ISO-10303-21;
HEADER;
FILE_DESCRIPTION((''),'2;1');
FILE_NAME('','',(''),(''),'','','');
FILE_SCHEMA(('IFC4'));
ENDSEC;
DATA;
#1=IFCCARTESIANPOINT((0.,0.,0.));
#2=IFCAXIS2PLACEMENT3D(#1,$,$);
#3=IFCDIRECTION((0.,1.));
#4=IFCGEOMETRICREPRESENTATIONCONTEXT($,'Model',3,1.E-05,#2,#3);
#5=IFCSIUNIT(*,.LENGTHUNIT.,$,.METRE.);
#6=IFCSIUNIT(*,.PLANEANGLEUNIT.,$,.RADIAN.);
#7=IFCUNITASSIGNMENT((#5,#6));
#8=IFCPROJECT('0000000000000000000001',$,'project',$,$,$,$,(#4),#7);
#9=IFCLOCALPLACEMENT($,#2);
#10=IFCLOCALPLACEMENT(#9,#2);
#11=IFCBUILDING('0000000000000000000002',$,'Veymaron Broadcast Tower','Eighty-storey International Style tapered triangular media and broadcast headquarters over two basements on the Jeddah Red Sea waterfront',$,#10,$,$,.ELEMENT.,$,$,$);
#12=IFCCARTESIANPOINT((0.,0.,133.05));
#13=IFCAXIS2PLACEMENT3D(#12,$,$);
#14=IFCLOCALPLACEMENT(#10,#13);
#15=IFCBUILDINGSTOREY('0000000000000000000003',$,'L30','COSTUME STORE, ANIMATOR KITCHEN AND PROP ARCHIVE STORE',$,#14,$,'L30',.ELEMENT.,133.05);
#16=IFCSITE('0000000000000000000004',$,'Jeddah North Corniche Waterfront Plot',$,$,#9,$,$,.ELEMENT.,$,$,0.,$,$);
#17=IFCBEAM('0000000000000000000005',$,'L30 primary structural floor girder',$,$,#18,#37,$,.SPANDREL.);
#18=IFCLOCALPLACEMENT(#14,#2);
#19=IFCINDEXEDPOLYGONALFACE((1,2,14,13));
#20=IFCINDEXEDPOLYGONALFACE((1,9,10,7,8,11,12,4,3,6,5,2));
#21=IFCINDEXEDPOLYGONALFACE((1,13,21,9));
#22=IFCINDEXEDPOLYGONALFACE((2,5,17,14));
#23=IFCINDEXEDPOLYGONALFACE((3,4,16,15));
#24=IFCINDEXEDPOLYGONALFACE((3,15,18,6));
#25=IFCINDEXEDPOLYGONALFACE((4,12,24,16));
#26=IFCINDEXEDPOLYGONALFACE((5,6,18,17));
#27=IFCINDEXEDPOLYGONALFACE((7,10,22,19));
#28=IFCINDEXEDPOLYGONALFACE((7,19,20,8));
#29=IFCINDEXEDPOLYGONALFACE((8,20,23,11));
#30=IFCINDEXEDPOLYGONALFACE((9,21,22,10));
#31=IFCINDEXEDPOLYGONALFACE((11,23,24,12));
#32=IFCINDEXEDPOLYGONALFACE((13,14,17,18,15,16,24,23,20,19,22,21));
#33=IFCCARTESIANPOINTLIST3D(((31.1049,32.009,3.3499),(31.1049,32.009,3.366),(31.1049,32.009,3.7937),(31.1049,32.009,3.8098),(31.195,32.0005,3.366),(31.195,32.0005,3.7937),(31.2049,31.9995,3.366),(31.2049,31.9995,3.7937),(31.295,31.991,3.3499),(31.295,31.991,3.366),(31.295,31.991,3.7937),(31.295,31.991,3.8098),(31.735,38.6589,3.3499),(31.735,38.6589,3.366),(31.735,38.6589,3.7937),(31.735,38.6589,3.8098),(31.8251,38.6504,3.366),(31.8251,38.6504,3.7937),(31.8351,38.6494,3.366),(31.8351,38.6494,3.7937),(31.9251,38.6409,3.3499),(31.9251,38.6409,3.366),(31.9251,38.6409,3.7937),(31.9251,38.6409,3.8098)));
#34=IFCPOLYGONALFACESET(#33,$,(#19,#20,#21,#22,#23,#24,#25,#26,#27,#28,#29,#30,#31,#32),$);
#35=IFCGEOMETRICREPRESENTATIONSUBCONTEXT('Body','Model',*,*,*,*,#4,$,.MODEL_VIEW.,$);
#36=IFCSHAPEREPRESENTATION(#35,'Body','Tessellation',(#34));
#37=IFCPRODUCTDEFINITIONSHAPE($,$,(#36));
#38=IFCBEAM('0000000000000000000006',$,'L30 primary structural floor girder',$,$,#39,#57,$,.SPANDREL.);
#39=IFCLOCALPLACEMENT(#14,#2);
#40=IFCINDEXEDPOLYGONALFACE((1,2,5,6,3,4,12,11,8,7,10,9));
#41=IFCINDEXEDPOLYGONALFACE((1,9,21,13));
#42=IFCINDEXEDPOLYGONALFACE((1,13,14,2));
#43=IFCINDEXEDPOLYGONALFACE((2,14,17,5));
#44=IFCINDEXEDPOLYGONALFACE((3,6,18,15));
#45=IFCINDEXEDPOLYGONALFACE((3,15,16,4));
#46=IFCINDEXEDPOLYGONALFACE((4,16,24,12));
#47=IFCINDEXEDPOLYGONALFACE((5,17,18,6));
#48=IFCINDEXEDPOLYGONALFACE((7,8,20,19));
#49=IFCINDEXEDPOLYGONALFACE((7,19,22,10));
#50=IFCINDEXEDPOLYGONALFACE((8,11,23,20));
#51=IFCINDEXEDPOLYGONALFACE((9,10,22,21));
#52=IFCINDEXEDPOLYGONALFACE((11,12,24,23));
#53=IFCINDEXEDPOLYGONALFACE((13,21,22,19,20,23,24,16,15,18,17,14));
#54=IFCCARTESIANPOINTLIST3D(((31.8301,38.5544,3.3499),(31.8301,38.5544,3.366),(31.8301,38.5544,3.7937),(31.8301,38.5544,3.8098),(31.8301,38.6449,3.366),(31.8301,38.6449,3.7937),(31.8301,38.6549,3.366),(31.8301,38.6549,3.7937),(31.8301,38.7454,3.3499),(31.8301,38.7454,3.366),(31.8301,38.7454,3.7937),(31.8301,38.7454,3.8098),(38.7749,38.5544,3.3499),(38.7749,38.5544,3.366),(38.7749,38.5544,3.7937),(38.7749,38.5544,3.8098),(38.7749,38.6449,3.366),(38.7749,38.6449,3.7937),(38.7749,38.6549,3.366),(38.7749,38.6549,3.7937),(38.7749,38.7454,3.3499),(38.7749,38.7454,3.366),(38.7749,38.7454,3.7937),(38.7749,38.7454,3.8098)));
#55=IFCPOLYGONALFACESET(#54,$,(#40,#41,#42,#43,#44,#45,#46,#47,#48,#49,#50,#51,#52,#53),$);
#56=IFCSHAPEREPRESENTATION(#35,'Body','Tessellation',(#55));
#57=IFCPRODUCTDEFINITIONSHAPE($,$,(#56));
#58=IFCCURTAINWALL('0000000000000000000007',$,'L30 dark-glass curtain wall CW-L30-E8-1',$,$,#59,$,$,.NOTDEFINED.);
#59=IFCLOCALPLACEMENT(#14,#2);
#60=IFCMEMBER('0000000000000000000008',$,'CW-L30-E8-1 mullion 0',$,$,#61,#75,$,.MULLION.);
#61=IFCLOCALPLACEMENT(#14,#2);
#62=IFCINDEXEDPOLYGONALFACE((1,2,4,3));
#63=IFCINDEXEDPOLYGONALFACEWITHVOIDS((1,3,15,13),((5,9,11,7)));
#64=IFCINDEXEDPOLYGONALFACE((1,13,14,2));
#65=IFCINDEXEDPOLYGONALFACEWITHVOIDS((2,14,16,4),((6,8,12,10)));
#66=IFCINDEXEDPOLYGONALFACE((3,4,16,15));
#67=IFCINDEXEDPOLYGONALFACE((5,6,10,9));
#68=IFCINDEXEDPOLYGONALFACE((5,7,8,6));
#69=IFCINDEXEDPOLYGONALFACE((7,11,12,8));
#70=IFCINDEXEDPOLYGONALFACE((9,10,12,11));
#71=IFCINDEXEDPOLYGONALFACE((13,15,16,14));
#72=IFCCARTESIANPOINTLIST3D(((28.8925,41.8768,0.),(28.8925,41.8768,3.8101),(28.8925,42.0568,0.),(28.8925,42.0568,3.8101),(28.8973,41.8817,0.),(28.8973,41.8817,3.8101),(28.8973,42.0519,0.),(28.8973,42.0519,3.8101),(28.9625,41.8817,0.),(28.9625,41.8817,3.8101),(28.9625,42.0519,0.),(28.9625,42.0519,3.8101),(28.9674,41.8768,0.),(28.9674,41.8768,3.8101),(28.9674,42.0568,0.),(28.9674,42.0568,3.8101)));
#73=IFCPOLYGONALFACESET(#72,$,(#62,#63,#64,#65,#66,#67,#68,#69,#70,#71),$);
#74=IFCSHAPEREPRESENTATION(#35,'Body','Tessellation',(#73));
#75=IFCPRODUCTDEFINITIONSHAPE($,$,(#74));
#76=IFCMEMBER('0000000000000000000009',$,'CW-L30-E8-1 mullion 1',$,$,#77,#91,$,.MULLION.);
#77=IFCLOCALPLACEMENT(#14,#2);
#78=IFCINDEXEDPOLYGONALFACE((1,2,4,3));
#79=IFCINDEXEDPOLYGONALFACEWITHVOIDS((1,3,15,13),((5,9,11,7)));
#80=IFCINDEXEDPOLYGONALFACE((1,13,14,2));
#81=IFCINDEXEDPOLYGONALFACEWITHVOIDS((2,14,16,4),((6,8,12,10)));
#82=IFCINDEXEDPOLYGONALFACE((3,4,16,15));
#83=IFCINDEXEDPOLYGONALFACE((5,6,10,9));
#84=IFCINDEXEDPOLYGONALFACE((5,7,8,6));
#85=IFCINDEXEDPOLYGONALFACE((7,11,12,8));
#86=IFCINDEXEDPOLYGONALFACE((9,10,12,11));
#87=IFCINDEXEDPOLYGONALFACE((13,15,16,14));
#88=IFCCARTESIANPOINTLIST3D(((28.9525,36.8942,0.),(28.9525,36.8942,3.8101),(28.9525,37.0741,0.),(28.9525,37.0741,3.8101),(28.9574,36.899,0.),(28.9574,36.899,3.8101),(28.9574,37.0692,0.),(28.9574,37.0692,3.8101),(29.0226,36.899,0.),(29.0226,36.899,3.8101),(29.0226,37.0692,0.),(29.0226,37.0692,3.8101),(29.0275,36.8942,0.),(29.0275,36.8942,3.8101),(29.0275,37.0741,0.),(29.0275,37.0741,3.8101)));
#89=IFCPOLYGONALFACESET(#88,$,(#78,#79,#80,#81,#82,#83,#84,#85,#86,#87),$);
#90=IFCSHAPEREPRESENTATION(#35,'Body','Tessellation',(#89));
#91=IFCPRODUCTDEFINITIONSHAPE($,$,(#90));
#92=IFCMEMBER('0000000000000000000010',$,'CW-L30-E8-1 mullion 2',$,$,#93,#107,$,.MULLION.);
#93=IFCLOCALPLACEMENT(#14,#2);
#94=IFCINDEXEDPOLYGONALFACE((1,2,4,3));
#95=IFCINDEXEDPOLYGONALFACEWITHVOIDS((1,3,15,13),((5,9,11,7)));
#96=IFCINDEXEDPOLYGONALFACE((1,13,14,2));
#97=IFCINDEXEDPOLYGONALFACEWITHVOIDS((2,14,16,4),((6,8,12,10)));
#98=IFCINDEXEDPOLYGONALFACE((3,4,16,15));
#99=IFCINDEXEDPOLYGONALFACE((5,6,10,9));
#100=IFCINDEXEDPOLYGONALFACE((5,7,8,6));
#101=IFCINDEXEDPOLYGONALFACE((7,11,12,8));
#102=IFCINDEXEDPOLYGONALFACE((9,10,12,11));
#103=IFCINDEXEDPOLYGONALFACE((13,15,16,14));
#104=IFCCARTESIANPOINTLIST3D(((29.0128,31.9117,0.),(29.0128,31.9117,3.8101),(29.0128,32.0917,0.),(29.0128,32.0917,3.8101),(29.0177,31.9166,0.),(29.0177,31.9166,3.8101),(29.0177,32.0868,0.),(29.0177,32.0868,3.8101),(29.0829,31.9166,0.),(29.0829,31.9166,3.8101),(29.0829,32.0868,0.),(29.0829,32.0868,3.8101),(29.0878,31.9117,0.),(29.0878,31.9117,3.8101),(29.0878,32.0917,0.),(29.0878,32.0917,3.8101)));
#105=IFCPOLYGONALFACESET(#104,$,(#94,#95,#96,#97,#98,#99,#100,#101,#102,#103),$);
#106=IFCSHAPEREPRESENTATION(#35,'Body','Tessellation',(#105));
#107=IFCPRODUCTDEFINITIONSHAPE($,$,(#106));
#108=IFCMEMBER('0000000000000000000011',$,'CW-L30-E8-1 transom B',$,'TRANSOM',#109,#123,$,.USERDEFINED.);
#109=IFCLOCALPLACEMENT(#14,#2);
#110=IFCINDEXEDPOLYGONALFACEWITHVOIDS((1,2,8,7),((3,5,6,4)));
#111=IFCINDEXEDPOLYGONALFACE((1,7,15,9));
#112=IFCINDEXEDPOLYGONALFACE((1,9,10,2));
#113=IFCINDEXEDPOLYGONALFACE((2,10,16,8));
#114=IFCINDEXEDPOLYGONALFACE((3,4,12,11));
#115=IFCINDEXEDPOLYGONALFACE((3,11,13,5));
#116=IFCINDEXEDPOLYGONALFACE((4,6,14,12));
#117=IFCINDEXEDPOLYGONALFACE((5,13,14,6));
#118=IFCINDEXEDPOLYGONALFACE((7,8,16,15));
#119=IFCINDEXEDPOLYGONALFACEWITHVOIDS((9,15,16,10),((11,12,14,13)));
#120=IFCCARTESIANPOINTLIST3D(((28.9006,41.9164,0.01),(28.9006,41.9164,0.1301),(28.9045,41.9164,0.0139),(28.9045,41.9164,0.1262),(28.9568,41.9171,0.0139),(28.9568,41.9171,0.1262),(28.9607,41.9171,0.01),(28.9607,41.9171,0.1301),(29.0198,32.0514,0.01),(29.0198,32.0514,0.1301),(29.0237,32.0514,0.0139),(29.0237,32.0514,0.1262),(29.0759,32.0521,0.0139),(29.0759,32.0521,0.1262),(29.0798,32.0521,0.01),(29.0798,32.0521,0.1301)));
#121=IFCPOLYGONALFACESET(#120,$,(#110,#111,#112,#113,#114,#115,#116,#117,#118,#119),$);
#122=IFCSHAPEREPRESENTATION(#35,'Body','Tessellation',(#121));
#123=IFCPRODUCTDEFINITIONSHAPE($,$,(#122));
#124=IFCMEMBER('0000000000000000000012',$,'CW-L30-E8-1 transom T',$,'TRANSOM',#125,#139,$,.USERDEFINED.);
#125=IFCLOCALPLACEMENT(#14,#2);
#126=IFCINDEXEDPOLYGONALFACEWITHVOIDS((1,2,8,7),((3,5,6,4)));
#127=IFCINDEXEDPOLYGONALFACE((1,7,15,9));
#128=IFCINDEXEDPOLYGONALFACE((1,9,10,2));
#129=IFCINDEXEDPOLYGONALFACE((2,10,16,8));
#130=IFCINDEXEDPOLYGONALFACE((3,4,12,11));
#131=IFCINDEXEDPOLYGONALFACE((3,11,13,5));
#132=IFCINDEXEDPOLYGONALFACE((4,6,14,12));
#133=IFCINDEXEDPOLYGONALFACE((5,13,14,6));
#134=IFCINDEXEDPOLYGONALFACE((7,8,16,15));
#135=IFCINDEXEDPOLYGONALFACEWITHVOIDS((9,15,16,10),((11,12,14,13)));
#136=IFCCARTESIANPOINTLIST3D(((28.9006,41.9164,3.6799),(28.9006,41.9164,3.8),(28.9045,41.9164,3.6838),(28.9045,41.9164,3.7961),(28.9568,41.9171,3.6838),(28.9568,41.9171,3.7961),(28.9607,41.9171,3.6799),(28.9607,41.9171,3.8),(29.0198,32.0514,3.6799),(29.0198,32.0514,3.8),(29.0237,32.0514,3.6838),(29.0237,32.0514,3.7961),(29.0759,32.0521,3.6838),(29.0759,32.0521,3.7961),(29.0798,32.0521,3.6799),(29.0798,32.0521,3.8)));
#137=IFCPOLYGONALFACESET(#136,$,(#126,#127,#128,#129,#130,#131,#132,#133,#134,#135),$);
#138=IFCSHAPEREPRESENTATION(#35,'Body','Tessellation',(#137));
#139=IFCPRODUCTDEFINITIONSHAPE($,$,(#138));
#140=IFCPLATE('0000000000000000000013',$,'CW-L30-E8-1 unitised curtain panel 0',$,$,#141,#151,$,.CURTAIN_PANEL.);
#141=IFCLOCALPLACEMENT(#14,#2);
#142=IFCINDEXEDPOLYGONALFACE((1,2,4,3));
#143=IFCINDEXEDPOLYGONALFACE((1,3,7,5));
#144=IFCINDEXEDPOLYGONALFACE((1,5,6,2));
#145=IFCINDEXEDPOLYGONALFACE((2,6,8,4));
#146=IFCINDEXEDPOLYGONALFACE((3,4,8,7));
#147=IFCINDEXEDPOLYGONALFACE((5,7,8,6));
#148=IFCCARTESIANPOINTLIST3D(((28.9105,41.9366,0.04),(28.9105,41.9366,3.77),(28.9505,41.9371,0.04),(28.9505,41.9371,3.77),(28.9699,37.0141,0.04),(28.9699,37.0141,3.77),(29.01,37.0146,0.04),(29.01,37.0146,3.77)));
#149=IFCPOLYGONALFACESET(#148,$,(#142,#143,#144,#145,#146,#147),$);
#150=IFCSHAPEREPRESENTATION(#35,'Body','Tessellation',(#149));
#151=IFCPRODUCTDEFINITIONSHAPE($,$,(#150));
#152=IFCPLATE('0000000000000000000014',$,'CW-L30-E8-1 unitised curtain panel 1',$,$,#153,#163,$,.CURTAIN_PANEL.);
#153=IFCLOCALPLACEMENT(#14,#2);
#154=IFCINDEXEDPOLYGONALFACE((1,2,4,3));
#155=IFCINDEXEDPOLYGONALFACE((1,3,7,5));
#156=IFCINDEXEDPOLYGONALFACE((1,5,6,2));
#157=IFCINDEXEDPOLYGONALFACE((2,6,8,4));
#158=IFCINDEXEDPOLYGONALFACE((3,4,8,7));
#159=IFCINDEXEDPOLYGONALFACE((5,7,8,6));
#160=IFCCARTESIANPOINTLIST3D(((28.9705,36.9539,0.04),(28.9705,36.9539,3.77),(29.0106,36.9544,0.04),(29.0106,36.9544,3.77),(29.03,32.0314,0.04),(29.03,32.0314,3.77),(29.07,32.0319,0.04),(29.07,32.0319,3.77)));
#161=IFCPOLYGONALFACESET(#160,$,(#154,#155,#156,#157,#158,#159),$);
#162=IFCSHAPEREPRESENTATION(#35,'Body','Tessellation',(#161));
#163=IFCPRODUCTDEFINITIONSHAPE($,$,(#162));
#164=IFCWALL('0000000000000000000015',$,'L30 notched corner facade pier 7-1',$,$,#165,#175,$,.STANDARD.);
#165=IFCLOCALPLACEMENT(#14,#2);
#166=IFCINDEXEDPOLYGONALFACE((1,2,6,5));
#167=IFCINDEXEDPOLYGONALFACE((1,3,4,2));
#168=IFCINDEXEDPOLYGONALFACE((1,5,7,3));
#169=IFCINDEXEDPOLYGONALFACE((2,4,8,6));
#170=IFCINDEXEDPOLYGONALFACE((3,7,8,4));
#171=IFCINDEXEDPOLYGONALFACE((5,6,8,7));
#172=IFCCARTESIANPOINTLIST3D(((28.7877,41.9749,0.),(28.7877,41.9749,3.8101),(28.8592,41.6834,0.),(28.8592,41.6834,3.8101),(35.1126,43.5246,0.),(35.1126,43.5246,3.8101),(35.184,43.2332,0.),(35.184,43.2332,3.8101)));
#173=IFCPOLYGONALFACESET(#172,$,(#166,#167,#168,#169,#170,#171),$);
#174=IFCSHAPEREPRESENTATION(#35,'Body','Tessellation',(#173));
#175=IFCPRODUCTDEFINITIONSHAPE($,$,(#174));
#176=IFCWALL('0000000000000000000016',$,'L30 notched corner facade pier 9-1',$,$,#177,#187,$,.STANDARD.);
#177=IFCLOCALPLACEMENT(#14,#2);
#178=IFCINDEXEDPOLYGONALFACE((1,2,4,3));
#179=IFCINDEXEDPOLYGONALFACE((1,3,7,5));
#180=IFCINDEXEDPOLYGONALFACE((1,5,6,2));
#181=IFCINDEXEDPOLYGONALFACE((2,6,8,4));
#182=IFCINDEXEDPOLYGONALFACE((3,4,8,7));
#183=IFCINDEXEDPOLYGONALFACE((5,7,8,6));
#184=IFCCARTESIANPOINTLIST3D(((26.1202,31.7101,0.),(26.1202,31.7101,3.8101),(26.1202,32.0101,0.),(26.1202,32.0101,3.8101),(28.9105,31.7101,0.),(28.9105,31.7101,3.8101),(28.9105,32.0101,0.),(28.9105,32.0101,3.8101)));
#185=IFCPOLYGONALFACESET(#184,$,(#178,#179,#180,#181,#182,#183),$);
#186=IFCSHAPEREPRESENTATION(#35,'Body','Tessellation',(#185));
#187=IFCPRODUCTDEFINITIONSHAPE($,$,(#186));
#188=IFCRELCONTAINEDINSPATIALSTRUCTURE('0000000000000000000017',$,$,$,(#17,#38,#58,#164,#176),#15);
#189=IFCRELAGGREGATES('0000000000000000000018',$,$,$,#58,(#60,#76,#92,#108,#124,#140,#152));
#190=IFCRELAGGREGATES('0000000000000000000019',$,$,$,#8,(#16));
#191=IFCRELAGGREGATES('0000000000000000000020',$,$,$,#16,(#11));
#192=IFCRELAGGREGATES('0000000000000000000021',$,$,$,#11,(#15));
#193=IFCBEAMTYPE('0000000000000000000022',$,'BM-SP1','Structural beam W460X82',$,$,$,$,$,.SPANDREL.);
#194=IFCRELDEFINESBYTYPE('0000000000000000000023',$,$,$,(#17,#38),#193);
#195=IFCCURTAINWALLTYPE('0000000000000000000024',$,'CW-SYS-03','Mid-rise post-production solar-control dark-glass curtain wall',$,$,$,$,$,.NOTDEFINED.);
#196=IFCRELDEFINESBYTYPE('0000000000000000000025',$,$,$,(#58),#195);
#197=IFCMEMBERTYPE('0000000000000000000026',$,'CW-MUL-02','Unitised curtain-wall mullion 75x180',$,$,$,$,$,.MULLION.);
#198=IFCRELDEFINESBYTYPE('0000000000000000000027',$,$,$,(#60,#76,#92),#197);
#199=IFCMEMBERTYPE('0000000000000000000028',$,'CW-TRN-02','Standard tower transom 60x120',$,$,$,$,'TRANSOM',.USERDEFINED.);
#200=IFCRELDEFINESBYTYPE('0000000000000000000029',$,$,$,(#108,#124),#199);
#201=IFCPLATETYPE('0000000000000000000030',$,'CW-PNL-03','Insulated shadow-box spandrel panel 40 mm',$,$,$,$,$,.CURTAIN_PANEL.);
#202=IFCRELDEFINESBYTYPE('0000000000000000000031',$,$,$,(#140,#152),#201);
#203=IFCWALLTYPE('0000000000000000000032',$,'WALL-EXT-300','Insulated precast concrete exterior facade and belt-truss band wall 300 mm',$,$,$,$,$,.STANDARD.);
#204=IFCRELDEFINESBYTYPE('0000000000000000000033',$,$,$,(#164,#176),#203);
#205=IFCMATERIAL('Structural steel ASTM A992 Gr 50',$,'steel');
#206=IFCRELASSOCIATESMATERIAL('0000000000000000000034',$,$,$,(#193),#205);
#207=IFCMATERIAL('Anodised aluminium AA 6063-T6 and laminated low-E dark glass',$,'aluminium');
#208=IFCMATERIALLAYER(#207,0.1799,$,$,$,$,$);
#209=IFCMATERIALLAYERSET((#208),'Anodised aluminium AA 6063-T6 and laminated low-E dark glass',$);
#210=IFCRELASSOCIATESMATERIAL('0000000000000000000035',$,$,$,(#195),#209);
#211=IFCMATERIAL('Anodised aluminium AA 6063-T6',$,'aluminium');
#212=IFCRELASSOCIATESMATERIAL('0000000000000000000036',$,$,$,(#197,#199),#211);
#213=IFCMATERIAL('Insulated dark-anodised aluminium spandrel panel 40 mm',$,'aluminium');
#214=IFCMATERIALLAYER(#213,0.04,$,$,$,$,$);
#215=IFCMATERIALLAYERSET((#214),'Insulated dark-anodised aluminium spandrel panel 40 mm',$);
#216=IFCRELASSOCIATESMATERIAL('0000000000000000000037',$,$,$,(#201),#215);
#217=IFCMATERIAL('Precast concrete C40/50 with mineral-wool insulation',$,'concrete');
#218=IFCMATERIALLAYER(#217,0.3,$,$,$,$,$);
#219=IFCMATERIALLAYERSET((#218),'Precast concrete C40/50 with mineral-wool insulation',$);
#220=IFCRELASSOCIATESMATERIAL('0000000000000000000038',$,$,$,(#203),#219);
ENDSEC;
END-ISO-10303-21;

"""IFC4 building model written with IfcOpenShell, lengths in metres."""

from ifc_helpers import new_model, si_unit, direction, frame, frame_2d, origin, origin_2d, place, context, subcontext, project, spatial, rectangle, hollow_rectangle, i_section, extrude, material, layer, layer_set, material_profile, profile_set, type_object, element, aggregate, save


model = new_model("IFC4")

# Units and contexts
model_context = context("Model", 3, precision=1e-05, world=origin(), true_north=direction((0.0, 1.0)))
body_context = subcontext(model_context, "Body", "Model", "MODEL_VIEW")
ifc_project = project(units=[si_unit("LENGTHUNIT", "METRE"), si_unit("PLANEANGLEUNIT", "RADIAN")], contexts=[model_context])

# Site, building, storey
site_placement = place(None, origin())
site = spatial("IfcSite", under=ifc_project, at=site_placement, Name="Jeddah North Corniche Waterfront Plot", CompositionType="ELEMENT", RefElevation=0.0)
building_placement = place(site_placement, origin())
building = spatial("IfcBuilding", under=site, at=building_placement, Name="Veymaron Broadcast Tower", Description="Eighty-storey International Style tapered triangular media and broadcast headquarters over two basements on the Jeddah Red Sea waterfront", CompositionType="ELEMENT")
storey_placement = place(building_placement, frame((0.0, 0.0, 133.05)))
storey = spatial("IfcBuildingStorey", under=building, at=storey_placement, Name="L30", Description="COSTUME STORE, ANIMATOR KITCHEN AND PROP ARCHIVE STORE", LongName="L30", CompositionType="ELEMENT", Elevation=133.05)

# Shared definitions
ifc_material_1 = material(Name="Structural steel ASTM A992 Gr 50", Category="steel")

# Beams
ifc_material_profile_1 = material_profile(ifc_material_1, i_section(OverallWidth=0.1909, OverallDepth=0.46, WebThickness=0.01, FlangeThickness=0.0161, at=origin_2d()), Name="W460X82")
ifc_profile_set_1 = profile_set([ifc_material_profile_1], Name="Structural steel ASTM A992 Gr 50")
beam_type_1 = type_object("IfcBeamType", Name="BM-SP1", Description="Structural beam W460X82", PredefinedType="SPANDREL", material=ifc_profile_set_1)
beam_1_placement = place(storey_placement, frame((31.2, 32.0, 3.5798), z_axis=(0.094335, 0.995541, 0.0), x_axis=(-0.995541, 0.094335, 0.0)))
element("IfcBeam", 1, at=beam_1_placement, inside=storey, type_object=beam_type_1, Name="L30 primary structural floor girder", PredefinedType="SPANDREL", context=body_context, shape_type="SweptSolid", body=[
    extrude(i_section(OverallWidth=0.1909, OverallDepth=0.46, WebThickness=0.01, FlangeThickness=0.0161, at=origin_2d()), origin(), (0.0, 0.0, 1.0), 6.6797),
])
beam_2_placement = place(storey_placement, frame((31.8301, 38.6499, 3.5798), z_axis=(1.0, 0.0, 0.0), x_axis=(0.0, 1.0, 0.0)))
element("IfcBeam", 2, at=beam_2_placement, inside=storey, type_object=beam_type_1, Name="L30 primary structural floor girder", PredefinedType="SPANDREL", context=body_context, shape_type="SweptSolid", body=[
    extrude(i_section(OverallWidth=0.1909, OverallDepth=0.46, WebThickness=0.01, FlangeThickness=0.0161, at=origin_2d()), origin(), (0.0, 0.0, 1.0), 6.9448),
])

# Curtain wall, members, plates
ifc_material_2 = material(Name="Anodised aluminium AA 6063-T6 and laminated low-E dark glass", Category="aluminium")
ifc_layer_1 = layer(ifc_material_2, 0.1799)
ifc_layer_set_1 = layer_set([ifc_layer_1], Name="Anodised aluminium AA 6063-T6 and laminated low-E dark glass")
curtain_wall_type = type_object("IfcCurtainWallType", Name="CW-SYS-03", Description="Mid-rise post-production solar-control dark-glass curtain wall", PredefinedType="NOTDEFINED", material=ifc_layer_set_1)
curtain_wall_placement = place(storey_placement, origin())
curtain_wall = element("IfcCurtainWall", 3, at=curtain_wall_placement, inside=storey, type_object=curtain_wall_type, Name="L30 dark-glass curtain wall CW-L30-E8-1", PredefinedType="NOTDEFINED")
ifc_material_3 = material(Name="Anodised aluminium AA 6063-T6", Category="aluminium")
ifc_material_profile_2 = material_profile(ifc_material_3, hollow_rectangle(XDim=0.075, YDim=0.1799, WallThickness=0.0049, at=origin_2d()), Name="AL180X75X5")
ifc_profile_set_2 = profile_set([ifc_material_profile_2], Name="Anodised aluminium AA 6063-T6")
member_type_1 = type_object("IfcMemberType", Name="CW-MUL-02", Description="Unitised curtain-wall mullion 75x180", PredefinedType="MULLION", material=ifc_profile_set_2)
member_1_placement = place(storey_placement, frame((28.9299, 41.9668, 0.0), z_axis=(0.0, 0.0, 1.0), x_axis=(1.0, 0.0, 0.0)))
member_1 = element("IfcMember", 4, at=member_1_placement, type_object=member_type_1, Name="CW-L30-E8-1 mullion 0", PredefinedType="MULLION", context=body_context, shape_type="SweptSolid", body=[
    extrude(hollow_rectangle(XDim=0.075, YDim=0.1799, WallThickness=0.0049, at=origin_2d()), origin(), (0.0, 0.0, 1.0), 3.8101),
])
member_2_placement = place(storey_placement, frame((28.99, 36.9841, 0.0), z_axis=(0.0, 0.0, 1.0), x_axis=(1.0, 0.0, 0.0)))
member_2 = element("IfcMember", 5, at=member_2_placement, type_object=member_type_1, Name="CW-L30-E8-1 mullion 1", PredefinedType="MULLION", context=body_context, shape_type="SweptSolid", body=[
    extrude(hollow_rectangle(XDim=0.075, YDim=0.1799, WallThickness=0.0049, at=origin_2d()), origin(), (0.0, 0.0, 1.0), 3.8101),
])
member_3_placement = place(storey_placement, frame((29.0503, 32.0017, 0.0), z_axis=(0.0, 0.0, 1.0), x_axis=(1.0, 0.0, 0.0)))
member_3 = element("IfcMember", 6, at=member_3_placement, type_object=member_type_1, Name="CW-L30-E8-1 mullion 2", PredefinedType="MULLION", context=body_context, shape_type="SweptSolid", body=[
    extrude(hollow_rectangle(XDim=0.075, YDim=0.1799, WallThickness=0.0049, at=origin_2d()), origin(), (0.0, 0.0, 1.0), 3.8101),
])
ifc_material_profile_3 = material_profile(ifc_material_3, hollow_rectangle(XDim=0.0601, YDim=0.1201, WallThickness=0.0039, at=origin_2d()), Name="AL120X60X4")
ifc_profile_set_3 = profile_set([ifc_material_profile_3], Name="Anodised aluminium AA 6063-T6")
member_type_2 = type_object("IfcMemberType", Name="CW-TRN-02", Description="Standard tower transom 60x120", ElementType="TRANSOM", PredefinedType="USERDEFINED", material=ifc_profile_set_3)
member_4_placement = place(storey_placement, frame((28.9307, 41.9167, 0.0701), z_axis=(0.012076, -0.999927, 0.0), x_axis=(0.999927, 0.012076, 0.0)))
member_4 = element("IfcMember", 7, at=member_4_placement, type_object=member_type_2, Name="CW-L30-E8-1 transom B", ObjectType="TRANSOM", PredefinedType="USERDEFINED", context=body_context, shape_type="SweptSolid", body=[
    extrude(hollow_rectangle(XDim=0.0601, YDim=0.1201, WallThickness=0.0039, at=origin_2d()), origin(), (0.0, 0.0, 1.0), 9.8657),
])
member_5_placement = place(storey_placement, frame((28.9307, 41.9167, 3.74), z_axis=(0.012076, -0.999927, 0.0), x_axis=(0.999927, 0.012076, 0.0)))
member_5 = element("IfcMember", 8, at=member_5_placement, type_object=member_type_2, Name="CW-L30-E8-1 transom T", ObjectType="TRANSOM", PredefinedType="USERDEFINED", context=body_context, shape_type="SweptSolid", body=[
    extrude(hollow_rectangle(XDim=0.0601, YDim=0.1201, WallThickness=0.0039, at=origin_2d()), origin(), (0.0, 0.0, 1.0), 9.8657),
])
ifc_material_4 = material(Name="Insulated dark-anodised aluminium spandrel panel 40 mm", Category="aluminium")
ifc_layer_2 = layer(ifc_material_4, 0.04)
ifc_layer_set_2 = layer_set([ifc_layer_2], Name="Insulated dark-anodised aluminium spandrel panel 40 mm")
plate_type = type_object("IfcPlateType", Name="CW-PNL-03", Description="Insulated shadow-box spandrel panel 40 mm", PredefinedType="CURTAIN_PANEL", material=ifc_layer_set_2)
plate_1_placement = place(storey_placement, frame((28.9602, 39.4756, 0.04), z_axis=(0.0, 0.0, 1.0), x_axis=(0.012077, -0.999927, 0.0)))
plate_1 = element("IfcPlate", 9, at=plate_1_placement, type_object=plate_type, Name="CW-L30-E8-1 unitised curtain panel 0", PredefinedType="CURTAIN_PANEL", context=body_context, shape_type="SweptSolid", body=[
    extrude(rectangle(XDim=4.9229, YDim=0.04, at=origin_2d()), origin(), (0.0, 0.0, 1.0), 3.73),
])
plate_2_placement = place(storey_placement, frame((29.0203, 34.4929, 0.04), z_axis=(0.0, 0.0, 1.0), x_axis=(0.012077, -0.999927, 0.0)))
plate_2 = element("IfcPlate", 10, at=plate_2_placement, type_object=plate_type, Name="CW-L30-E8-1 unitised curtain panel 1", PredefinedType="CURTAIN_PANEL", context=body_context, shape_type="SweptSolid", body=[
    extrude(rectangle(XDim=4.9229, YDim=0.04, at=origin_2d()), origin(), (0.0, 0.0, 1.0), 3.73),
])
aggregate(curtain_wall, [member_1, member_2, member_3, member_4, member_5, plate_1, plate_2])

# Walls
ifc_material_5 = material(Name="Precast concrete C40/50 with mineral-wool insulation", Category="concrete")
ifc_layer_3 = layer(ifc_material_5, 0.3)
ifc_layer_set_3 = layer_set([ifc_layer_3], Name="Precast concrete C40/50 with mineral-wool insulation")
wall_type_1 = type_object("IfcWallType", Name="WALL-EXT-300", Description="Insulated precast concrete exterior facade and belt-truss band wall 300 mm", PredefinedType="STANDARD", material=ifc_layer_set_3)
wall_1_placement = place(storey_placement, frame((35.1482, 43.3789, 0.0), z_axis=(0.0, 0.0, 1.0), x_axis=(-0.971268, -0.23799, 0.0)))
element("IfcWall", 11, at=wall_1_placement, inside=storey, type_object=wall_type_1, Name="L30 notched corner facade pier 7-1", PredefinedType="STANDARD", context=body_context, shape_type="SweptSolid", body=[
    extrude(rectangle(XDim=6.512, YDim=0.3, at=frame_2d((3.2559, 0.0))), origin(), (0.0, 0.0, 1.0), 3.8101),
])
wall_2_placement = place(storey_placement, frame((28.9104, 31.8601, 0.0), z_axis=(0.0, 0.0, 1.0), x_axis=(-1.0, 0.0, 0.0)))
element("IfcWall", 12, at=wall_2_placement, inside=storey, type_object=wall_type_1, Name="L30 notched corner facade pier 9-1", PredefinedType="STANDARD", context=body_context, shape_type="SweptSolid", body=[
    extrude(rectangle(XDim=2.7903, YDim=0.3, at=frame_2d((1.395, 0.0))), origin(), (0.0, 0.0, 1.0), 3.8101),
])

save(model, "model.ifc")
